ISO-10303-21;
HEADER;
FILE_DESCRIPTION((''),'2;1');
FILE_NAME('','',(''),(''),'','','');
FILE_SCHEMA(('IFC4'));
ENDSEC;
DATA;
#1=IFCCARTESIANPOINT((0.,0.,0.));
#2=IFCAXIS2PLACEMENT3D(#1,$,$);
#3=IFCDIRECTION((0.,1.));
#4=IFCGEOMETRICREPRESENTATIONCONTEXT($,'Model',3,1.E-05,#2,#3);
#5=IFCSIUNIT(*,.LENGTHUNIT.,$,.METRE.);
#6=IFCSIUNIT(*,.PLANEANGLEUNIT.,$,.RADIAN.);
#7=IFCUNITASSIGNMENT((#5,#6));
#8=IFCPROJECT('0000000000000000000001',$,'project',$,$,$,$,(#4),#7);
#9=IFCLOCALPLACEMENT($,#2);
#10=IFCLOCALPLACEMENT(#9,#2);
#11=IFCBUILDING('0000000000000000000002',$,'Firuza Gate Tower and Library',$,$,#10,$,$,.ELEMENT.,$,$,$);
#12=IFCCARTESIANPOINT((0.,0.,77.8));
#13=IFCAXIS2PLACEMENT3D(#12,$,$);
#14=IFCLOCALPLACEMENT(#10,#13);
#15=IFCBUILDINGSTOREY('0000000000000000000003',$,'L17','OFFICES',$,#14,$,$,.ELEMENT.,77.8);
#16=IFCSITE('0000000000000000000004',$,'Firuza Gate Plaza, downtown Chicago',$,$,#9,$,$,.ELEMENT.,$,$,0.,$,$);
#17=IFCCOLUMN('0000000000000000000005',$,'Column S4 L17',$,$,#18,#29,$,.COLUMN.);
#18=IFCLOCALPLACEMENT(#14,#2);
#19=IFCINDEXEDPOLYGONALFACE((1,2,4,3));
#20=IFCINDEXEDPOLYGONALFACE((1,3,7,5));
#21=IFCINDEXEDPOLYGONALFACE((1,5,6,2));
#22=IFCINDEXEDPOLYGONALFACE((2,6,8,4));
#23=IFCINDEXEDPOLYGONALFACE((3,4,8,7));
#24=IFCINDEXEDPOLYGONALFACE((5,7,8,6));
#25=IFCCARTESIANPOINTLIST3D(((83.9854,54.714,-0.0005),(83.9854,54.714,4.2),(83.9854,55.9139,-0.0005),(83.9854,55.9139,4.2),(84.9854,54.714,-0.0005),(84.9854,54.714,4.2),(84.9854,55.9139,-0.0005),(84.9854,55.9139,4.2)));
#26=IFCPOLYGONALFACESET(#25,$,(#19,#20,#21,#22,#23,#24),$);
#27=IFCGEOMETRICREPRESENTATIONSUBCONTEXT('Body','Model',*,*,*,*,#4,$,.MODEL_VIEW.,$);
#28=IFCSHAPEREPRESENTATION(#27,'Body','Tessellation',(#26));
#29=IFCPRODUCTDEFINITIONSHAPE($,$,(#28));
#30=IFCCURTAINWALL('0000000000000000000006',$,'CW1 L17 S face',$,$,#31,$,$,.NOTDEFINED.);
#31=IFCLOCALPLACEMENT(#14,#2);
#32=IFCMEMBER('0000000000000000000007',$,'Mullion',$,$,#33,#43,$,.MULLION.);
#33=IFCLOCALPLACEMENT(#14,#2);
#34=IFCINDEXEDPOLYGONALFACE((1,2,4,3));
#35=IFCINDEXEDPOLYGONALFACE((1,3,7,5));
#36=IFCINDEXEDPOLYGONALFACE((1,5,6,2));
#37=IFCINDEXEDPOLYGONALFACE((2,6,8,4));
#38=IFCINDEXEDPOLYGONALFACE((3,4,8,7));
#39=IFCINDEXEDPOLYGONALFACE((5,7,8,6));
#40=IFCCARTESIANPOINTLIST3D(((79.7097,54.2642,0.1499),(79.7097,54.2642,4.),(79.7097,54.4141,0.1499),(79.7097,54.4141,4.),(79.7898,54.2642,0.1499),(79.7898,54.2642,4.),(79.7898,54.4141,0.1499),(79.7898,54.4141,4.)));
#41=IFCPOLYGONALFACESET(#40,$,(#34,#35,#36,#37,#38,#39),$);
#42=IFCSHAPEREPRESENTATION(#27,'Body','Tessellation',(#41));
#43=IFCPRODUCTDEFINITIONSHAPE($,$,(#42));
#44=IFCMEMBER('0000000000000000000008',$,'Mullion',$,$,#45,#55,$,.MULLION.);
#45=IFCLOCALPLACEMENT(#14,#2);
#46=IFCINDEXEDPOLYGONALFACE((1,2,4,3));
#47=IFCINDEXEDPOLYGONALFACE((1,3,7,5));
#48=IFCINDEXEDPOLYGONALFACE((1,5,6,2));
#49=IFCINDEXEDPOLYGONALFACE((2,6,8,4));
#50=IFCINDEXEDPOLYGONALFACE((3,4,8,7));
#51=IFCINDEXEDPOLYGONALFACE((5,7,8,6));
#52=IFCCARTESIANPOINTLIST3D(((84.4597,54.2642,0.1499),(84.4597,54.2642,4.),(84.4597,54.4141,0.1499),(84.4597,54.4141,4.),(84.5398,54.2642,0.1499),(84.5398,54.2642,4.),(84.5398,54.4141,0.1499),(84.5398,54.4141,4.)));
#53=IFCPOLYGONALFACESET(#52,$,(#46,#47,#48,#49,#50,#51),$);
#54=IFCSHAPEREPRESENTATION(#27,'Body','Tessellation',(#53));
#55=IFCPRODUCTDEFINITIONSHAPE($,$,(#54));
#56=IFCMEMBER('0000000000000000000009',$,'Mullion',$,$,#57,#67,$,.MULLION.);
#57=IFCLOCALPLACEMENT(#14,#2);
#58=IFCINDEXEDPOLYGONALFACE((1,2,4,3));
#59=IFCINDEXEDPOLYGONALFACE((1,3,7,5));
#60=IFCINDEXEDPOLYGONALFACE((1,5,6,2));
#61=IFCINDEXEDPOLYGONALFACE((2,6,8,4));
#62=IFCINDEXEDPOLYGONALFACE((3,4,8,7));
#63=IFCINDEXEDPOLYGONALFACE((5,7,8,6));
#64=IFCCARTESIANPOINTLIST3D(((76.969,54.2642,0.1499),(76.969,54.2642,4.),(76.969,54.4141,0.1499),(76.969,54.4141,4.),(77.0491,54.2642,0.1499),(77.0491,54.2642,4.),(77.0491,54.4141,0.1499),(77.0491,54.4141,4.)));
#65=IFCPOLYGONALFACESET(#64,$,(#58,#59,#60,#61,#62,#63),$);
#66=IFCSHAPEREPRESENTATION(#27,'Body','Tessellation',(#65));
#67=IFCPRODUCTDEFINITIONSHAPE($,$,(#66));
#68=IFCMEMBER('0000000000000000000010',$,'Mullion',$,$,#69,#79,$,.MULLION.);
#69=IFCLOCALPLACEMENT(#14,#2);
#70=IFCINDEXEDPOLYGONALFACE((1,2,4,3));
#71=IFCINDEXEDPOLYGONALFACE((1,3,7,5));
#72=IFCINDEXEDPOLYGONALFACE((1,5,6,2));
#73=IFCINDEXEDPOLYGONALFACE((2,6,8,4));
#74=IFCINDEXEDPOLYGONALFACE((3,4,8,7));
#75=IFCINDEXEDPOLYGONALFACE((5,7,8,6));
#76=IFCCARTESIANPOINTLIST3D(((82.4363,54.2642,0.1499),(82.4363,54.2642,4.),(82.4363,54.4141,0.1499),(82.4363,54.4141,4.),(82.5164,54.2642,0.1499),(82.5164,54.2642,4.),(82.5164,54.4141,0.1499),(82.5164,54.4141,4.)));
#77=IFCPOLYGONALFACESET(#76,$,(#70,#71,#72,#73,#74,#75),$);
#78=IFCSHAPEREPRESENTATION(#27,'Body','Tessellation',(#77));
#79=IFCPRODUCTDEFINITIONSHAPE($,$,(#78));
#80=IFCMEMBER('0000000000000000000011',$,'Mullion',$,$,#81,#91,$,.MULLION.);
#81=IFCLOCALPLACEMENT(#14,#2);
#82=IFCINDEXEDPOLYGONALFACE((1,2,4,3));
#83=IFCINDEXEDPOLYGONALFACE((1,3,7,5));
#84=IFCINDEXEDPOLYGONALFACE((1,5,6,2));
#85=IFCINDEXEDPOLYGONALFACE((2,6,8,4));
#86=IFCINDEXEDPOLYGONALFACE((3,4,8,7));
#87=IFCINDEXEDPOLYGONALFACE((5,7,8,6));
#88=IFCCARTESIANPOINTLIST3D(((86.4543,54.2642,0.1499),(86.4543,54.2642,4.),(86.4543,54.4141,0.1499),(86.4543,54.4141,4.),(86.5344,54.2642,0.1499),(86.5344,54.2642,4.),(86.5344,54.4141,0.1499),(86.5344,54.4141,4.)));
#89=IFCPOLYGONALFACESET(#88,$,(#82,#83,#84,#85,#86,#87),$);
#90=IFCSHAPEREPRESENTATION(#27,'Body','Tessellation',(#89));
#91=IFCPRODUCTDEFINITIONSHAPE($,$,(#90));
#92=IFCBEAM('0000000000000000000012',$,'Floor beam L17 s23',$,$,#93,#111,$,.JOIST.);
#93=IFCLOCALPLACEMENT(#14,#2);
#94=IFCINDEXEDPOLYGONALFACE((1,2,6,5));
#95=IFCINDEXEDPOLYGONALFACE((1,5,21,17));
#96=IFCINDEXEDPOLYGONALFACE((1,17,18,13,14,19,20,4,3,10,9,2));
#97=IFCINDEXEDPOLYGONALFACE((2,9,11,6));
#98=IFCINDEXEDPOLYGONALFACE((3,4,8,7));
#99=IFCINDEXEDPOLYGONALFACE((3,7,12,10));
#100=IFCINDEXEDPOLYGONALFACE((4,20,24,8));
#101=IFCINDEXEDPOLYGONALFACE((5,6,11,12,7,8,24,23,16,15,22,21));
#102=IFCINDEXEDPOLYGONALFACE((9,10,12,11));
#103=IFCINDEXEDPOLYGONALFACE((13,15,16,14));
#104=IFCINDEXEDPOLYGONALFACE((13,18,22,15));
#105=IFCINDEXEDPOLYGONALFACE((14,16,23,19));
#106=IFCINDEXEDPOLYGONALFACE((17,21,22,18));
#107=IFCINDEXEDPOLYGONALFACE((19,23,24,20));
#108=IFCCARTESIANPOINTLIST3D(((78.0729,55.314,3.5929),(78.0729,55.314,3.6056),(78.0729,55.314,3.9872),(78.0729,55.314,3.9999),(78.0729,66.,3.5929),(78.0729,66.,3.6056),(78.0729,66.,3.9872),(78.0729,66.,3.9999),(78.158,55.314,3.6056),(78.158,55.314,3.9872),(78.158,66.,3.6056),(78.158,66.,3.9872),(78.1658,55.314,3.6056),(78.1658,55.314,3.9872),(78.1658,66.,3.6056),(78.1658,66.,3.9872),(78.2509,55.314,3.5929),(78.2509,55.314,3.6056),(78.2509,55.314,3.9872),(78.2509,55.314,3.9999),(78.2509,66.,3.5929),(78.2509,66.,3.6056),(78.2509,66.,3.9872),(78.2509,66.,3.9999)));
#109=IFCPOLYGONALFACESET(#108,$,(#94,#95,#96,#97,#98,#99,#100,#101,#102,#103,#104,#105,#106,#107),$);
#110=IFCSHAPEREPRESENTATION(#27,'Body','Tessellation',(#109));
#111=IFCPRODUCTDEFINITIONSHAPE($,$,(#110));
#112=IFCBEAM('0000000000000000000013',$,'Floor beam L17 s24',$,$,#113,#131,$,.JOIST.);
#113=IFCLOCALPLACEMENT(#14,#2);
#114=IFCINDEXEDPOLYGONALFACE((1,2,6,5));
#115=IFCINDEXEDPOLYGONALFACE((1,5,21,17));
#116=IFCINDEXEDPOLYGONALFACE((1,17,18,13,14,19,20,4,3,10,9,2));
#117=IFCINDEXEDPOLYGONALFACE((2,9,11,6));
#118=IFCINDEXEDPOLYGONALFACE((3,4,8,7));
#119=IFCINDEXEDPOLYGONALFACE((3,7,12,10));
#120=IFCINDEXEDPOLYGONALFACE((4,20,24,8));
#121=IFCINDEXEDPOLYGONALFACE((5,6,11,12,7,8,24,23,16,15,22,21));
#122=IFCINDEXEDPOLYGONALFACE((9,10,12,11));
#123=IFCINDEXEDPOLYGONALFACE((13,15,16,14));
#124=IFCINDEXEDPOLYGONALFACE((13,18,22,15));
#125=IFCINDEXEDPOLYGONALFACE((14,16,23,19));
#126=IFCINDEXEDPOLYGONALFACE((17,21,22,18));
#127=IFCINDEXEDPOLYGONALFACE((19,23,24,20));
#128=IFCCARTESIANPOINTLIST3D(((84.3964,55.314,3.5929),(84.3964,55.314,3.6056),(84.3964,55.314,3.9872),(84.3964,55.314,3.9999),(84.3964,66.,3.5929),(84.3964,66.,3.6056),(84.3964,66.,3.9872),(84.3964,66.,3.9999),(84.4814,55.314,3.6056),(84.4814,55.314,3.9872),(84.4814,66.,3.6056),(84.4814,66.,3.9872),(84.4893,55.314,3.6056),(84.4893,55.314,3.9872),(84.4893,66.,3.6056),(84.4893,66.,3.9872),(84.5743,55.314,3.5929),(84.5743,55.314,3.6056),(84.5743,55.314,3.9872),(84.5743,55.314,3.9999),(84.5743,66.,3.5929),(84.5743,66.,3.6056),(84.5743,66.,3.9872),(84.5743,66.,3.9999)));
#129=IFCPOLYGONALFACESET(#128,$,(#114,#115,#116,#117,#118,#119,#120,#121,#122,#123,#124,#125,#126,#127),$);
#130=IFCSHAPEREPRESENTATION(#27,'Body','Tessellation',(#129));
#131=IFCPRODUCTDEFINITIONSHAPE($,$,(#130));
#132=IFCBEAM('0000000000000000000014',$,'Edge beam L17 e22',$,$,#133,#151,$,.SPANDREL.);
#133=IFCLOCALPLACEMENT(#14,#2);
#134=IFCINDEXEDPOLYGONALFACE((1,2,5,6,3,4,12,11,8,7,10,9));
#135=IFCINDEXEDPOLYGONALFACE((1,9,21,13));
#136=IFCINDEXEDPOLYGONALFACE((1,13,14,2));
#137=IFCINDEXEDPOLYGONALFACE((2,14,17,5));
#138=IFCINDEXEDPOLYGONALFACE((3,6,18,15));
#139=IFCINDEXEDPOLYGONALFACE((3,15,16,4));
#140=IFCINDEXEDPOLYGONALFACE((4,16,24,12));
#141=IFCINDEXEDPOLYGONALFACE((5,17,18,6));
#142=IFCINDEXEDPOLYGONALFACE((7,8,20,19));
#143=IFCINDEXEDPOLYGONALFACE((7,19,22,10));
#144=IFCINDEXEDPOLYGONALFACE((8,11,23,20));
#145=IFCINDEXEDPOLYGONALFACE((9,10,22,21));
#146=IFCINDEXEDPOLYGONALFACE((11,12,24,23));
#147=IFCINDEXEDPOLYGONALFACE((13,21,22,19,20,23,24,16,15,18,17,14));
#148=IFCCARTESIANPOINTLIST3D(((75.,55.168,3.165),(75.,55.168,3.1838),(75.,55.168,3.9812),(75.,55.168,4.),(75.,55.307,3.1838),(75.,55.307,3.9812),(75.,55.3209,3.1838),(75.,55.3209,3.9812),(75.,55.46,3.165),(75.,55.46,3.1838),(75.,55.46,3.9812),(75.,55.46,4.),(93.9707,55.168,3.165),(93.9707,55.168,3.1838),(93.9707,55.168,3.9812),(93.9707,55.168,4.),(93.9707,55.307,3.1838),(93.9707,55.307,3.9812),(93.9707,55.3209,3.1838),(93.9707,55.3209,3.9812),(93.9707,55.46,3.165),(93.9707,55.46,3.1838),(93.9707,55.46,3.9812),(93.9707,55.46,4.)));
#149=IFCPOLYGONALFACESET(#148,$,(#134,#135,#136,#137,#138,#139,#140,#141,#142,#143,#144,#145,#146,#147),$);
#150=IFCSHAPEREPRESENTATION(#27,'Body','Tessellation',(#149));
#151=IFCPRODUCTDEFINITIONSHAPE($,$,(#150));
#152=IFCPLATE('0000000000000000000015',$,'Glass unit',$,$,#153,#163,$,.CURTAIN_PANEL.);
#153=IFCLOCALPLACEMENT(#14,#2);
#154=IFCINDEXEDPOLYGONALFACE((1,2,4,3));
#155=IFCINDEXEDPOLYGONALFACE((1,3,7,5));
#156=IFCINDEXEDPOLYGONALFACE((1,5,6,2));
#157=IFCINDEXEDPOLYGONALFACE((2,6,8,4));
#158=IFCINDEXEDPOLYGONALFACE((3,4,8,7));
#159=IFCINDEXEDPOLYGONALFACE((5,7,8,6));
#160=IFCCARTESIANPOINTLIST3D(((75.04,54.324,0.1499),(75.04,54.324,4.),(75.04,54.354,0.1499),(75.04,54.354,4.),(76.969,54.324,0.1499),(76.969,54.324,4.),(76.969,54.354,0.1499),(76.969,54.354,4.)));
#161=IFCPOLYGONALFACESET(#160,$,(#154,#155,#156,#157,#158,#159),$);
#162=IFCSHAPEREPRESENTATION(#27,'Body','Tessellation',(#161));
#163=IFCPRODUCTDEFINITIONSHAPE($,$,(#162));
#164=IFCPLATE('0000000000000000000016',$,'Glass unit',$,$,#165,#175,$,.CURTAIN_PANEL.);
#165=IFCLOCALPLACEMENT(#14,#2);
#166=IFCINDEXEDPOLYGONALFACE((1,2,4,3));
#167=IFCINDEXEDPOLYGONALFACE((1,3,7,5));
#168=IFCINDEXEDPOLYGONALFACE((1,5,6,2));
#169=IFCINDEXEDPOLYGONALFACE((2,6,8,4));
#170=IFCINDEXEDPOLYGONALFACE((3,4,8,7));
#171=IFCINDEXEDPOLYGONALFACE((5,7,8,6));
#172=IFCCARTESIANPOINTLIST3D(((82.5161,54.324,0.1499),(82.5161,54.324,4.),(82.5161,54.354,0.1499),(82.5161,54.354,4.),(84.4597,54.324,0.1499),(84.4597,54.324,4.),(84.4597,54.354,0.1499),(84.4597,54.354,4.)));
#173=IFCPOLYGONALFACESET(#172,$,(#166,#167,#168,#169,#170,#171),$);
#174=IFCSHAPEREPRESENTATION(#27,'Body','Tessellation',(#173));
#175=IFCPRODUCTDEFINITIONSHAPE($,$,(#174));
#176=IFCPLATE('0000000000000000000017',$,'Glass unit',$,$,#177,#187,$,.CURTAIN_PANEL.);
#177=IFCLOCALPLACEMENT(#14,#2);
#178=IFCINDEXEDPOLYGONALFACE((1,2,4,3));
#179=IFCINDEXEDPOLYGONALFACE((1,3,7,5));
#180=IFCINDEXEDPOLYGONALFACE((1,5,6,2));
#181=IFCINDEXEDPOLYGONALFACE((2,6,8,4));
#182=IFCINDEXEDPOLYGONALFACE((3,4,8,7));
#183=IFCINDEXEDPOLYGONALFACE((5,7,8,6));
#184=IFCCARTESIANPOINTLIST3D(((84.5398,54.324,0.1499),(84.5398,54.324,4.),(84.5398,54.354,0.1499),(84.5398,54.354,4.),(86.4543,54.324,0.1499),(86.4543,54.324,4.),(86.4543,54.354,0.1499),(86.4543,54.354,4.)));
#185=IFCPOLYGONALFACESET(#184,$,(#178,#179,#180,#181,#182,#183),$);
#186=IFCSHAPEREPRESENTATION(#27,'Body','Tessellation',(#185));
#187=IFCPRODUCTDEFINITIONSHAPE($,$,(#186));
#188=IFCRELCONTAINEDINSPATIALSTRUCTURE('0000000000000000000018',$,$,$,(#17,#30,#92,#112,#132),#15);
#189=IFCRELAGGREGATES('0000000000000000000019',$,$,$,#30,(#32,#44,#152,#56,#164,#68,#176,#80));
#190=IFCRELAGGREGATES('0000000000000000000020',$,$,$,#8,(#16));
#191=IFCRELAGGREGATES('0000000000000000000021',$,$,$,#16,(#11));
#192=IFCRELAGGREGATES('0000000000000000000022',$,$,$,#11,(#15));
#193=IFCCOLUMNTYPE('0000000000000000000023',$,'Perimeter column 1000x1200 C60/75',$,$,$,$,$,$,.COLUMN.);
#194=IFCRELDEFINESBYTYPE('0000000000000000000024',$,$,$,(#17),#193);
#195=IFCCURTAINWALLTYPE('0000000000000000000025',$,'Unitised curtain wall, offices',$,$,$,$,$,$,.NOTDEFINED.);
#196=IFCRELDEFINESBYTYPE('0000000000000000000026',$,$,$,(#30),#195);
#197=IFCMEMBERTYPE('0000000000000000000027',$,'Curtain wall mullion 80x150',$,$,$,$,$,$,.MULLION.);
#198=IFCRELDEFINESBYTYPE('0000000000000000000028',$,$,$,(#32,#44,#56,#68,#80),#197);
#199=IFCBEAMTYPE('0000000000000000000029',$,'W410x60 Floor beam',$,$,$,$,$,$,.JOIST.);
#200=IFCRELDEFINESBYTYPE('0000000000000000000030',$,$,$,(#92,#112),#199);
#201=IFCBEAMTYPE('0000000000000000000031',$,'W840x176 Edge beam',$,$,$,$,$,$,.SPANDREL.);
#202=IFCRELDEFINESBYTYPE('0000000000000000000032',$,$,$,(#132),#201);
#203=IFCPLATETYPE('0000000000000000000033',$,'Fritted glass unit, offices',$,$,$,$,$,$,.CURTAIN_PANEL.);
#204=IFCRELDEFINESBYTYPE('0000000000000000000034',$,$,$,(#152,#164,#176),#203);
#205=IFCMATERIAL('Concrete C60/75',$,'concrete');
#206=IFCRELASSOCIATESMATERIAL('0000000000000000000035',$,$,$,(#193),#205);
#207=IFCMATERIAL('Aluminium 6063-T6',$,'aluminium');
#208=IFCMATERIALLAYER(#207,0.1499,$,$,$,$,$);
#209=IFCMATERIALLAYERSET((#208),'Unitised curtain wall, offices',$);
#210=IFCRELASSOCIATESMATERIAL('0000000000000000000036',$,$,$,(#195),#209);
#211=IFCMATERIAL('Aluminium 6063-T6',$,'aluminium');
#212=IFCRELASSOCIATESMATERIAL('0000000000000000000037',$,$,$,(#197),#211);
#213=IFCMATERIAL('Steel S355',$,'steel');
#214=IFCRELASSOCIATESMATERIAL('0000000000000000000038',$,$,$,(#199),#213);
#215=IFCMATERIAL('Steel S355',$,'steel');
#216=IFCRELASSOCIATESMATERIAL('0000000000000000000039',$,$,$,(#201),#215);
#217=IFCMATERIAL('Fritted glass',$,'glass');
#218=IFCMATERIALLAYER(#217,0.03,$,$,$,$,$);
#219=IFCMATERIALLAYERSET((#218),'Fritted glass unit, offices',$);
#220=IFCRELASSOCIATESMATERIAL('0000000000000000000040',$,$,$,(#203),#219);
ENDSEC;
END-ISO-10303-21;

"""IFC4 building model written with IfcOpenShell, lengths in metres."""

from ifc_helpers import new_model, si_unit, direction, frame, origin, origin_2d, place, context, subcontext, project, spatial, polyline, rectangle, i_section, outline, extrude, material, layer, layer_set, material_profile, profile_set, type_object, element, aggregate, save


model = new_model("IFC4")

# Units and contexts
model_context = context("Model", 3, precision=1e-05, world=origin(), true_north=direction((0.0, 1.0)))
body_context = subcontext(model_context, "Body", "Model", "MODEL_VIEW")
ifc_project = project(units=[si_unit("LENGTHUNIT", "METRE"), si_unit("PLANEANGLEUNIT", "RADIAN")], contexts=[model_context])

# Site, building, storey
site_placement = place(None, origin())
site = spatial("IfcSite", under=ifc_project, at=site_placement, Name="Firuza Gate Plaza, downtown Chicago", CompositionType="ELEMENT", RefElevation=0.0)
building_placement = place(site_placement, origin())
building = spatial("IfcBuilding", under=site, at=building_placement, Name="Firuza Gate Tower and Library", CompositionType="ELEMENT")
storey_placement = place(building_placement, frame((0.0, 0.0, 77.8)))
storey = spatial("IfcBuildingStorey", under=building, at=storey_placement, Name="L17", Description="OFFICES", CompositionType="ELEMENT", Elevation=77.8)

# Column
ifc_material_1 = material(Name="Concrete C60/75", Category="concrete")
ifc_material_profile_1 = material_profile(ifc_material_1, rectangle(XDim=1.0, YDim=1.2, at=origin_2d()))
ifc_profile_set_1 = profile_set([ifc_material_profile_1], Name="Concrete C60/75")
column_type = type_object("IfcColumnType", Name="Perimeter column 1000x1200 C60/75", PredefinedType="COLUMN", material=ifc_profile_set_1)
column_placement = place(storey_placement, frame((84.4854, 55.314, -0.0005), z_axis=(0.0, 0.0, 1.0), x_axis=(1.0, 0.0, 0.0)))
element("IfcColumn", 1, at=column_placement, inside=storey, type_object=column_type, Name="Column S4 L17", PredefinedType="COLUMN", context=body_context, shape_type="SweptSolid", body=[
    extrude(rectangle(XDim=1.0, YDim=1.2, at=origin_2d()), origin(), (0.0, 0.0, 1.0), 4.2004),
])

# Curtain wall, members
ifc_material_2 = material(Name="Aluminium 6063-T6", Category="aluminium")
ifc_layer_1 = layer(ifc_material_2, 0.1499)
ifc_layer_set_1 = layer_set([ifc_layer_1], Name="Unitised curtain wall, offices")
curtain_wall_type = type_object("IfcCurtainWallType", Name="Unitised curtain wall, offices", PredefinedType="NOTDEFINED", material=ifc_layer_set_1)
curtain_wall_placement = place(storey_placement, origin())
curtain_wall = element("IfcCurtainWall", 2, at=curtain_wall_placement, inside=storey, type_object=curtain_wall_type, Name="CW1 L17 S face", PredefinedType="NOTDEFINED")
ifc_material_3 = material(Name="Aluminium 6063-T6", Category="aluminium")
ifc_material_profile_2 = material_profile(ifc_material_3, rectangle(XDim=0.1499, YDim=0.0801, at=origin_2d()))
ifc_profile_set_2 = profile_set([ifc_material_profile_2], Name="Aluminium 6063-T6")
member_type = type_object("IfcMemberType", Name="Curtain wall mullion 80x150", PredefinedType="MULLION", material=ifc_profile_set_2)
member_1_placement = place(storey_placement, frame((79.7498, 54.3391, 0.1499), z_axis=(0.0, 0.0, 1.0), x_axis=(0.0, 1.0, 0.0)))
member_1 = element("IfcMember", 3, at=member_1_placement, type_object=member_type, Name="Mullion", PredefinedType="MULLION", context=body_context, shape_type="SweptSolid", body=[
    extrude(rectangle(XDim=0.1499, YDim=0.0801, at=origin_2d()), origin(), (0.0, 0.0, 1.0), 3.8501),
])
member_2_placement = place(storey_placement, frame((84.4998, 54.3391, 0.1499), z_axis=(0.0, 0.0, 1.0), x_axis=(0.0, 1.0, 0.0)))
member_2 = element("IfcMember", 4, at=member_2_placement, type_object=member_type, Name="Mullion", PredefinedType="MULLION", context=body_context, shape_type="SweptSolid", body=[
    extrude(rectangle(XDim=0.1499, YDim=0.0801, at=origin_2d()), origin(), (0.0, 0.0, 1.0), 3.8501),
])
member_3_placement = place(storey_placement, frame((77.009, 54.3391, 0.1499), z_axis=(0.0, 0.0, 1.0), x_axis=(0.0, 1.0, 0.0)))
member_3 = element("IfcMember", 5, at=member_3_placement, type_object=member_type, Name="Mullion", PredefinedType="MULLION", context=body_context, shape_type="SweptSolid", body=[
    extrude(rectangle(XDim=0.1499, YDim=0.0801, at=origin_2d()), origin(), (0.0, 0.0, 1.0), 3.8501),
])
member_4_placement = place(storey_placement, frame((82.4763, 54.3391, 0.1499), z_axis=(0.0, 0.0, 1.0), x_axis=(0.0, 1.0, 0.0)))
member_4 = element("IfcMember", 6, at=member_4_placement, type_object=member_type, Name="Mullion", PredefinedType="MULLION", context=body_context, shape_type="SweptSolid", body=[
    extrude(rectangle(XDim=0.1499, YDim=0.0801, at=origin_2d()), origin(), (0.0, 0.0, 1.0), 3.8501),
])
member_5_placement = place(storey_placement, frame((86.4944, 54.3391, 0.1499), z_axis=(0.0, 0.0, 1.0), x_axis=(0.0, 1.0, 0.0)))
member_5 = element("IfcMember", 7, at=member_5_placement, type_object=member_type, Name="Mullion", PredefinedType="MULLION", context=body_context, shape_type="SweptSolid", body=[
    extrude(rectangle(XDim=0.1499, YDim=0.0801, at=origin_2d()), origin(), (0.0, 0.0, 1.0), 3.8501),
])

# Beams
ifc_material_4 = material(Name="Steel S355", Category="steel")
ifc_material_profile_3 = material_profile(ifc_material_4, i_section(OverallWidth=0.178, OverallDepth=0.407, WebThickness=0.0078, FlangeThickness=0.0127, at=origin_2d()))
ifc_profile_set_3 = profile_set([ifc_material_profile_3], Name="Steel S355")
beam_type_1 = type_object("IfcBeamType", Name="W410x60 Floor beam", PredefinedType="JOIST", material=ifc_profile_set_3)
for number, where, z_axis, x_axis, name in (
    (8, (78.1619, 55.314, 3.7964), (0.0, 1.0, 0.0), (-1.0, 0.0, 0.0), "Floor beam L17 s23"),
    (9, (84.4854, 55.314, 3.7964), (0.0, 1.0, 0.0), (-1.0, 0.0, 0.0), "Floor beam L17 s24"),
):
    element("IfcBeam", number, at=place(storey_placement, frame(where, z_axis=z_axis, x_axis=x_axis)), inside=storey, type_object=beam_type_1, Name=name, PredefinedType="JOIST", context=body_context, shape_type="SweptSolid", body=[
        extrude(i_section(OverallWidth=0.178, OverallDepth=0.407, WebThickness=0.0078, FlangeThickness=0.0127, at=origin_2d()), origin(), (0.0, 0.0, 1.0), 10.686),
    ])
ifc_material_5 = material(Name="Steel S355", Category="steel")
ifc_material_profile_4 = material_profile(ifc_material_5, i_section(OverallWidth=0.292, OverallDepth=0.835, WebThickness=0.0139, FlangeThickness=0.0188, at=origin_2d()))
ifc_profile_set_4 = profile_set([ifc_material_profile_4], Name="Steel S355")
beam_type_2 = type_object("IfcBeamType", Name="W840x176 Edge beam", PredefinedType="SPANDREL", material=ifc_profile_set_4)
beam_placement = place(storey_placement, frame((75.0, 55.314, 3.5825), z_axis=(1.0, 0.0, 0.0), x_axis=(0.0, 1.0, 0.0)))
element("IfcBeam", 10, at=beam_placement, inside=storey, type_object=beam_type_2, Name="Edge beam L17 e22", PredefinedType="SPANDREL", context=body_context, shape_type="SweptSolid", body=[
    extrude(i_section(OverallWidth=0.292, OverallDepth=0.835, WebThickness=0.0139, FlangeThickness=0.0188, at=origin_2d()), origin(), (0.0, 0.0, 1.0), 18.9707),
])

# Plates
ifc_material_6 = material(Name="Fritted glass", Category="glass")
ifc_layer_2 = layer(ifc_material_6, 0.03)
ifc_layer_set_2 = layer_set([ifc_layer_2], Name="Fritted glass unit, offices")
plate_type_1 = type_object("IfcPlateType", Name="Fritted glass unit, offices", PredefinedType="CURTAIN_PANEL", material=ifc_layer_set_2)
plate_1_placement = place(storey_placement, frame((75.04, 54.324, 0.1499), z_axis=(0.0, -1.0, 0.0), x_axis=(1.0, 0.0, 0.0)))
plate_1 = element("IfcPlate", 11, at=plate_1_placement, type_object=plate_type_1, Name="Glass unit", PredefinedType="CURTAIN_PANEL", context=body_context, shape_type="SweptSolid", body=[
    extrude(outline(polyline([(0.0, 0.0), (1.929, 0.0), (1.929, 3.8501), (0.0, 3.8501), (0.0, 0.0)])), origin(), (0.0, 0.0, -1.0), 0.03),
])
plate_2_placement = place(storey_placement, frame((82.5161, 54.324, 0.1499), z_axis=(0.0, -1.0, 0.0), x_axis=(1.0, 0.0, 0.0)))
plate_2 = element("IfcPlate", 12, at=plate_2_placement, type_object=plate_type_1, Name="Glass unit", PredefinedType="CURTAIN_PANEL", context=body_context, shape_type="SweptSolid", body=[
    extrude(outline(polyline([(0.0, 0.0), (1.9436, 0.0), (1.9436, 3.8501), (0.0, 3.8501), (0.0, 0.0)])), origin(), (0.0, 0.0, -1.0), 0.03),
])
plate_3_placement = place(storey_placement, frame((84.5398, 54.324, 0.1499), z_axis=(0.0, -1.0, 0.0), x_axis=(1.0, 0.0, 0.0)))
plate_3 = element("IfcPlate", 13, at=plate_3_placement, type_object=plate_type_1, Name="Glass unit", PredefinedType="CURTAIN_PANEL", context=body_context, shape_type="SweptSolid", body=[
    extrude(outline(polyline([(0.0, 0.0), (1.9146, 0.0), (1.9146, 3.8501), (0.0, 3.8501), (0.0, 0.0)])), origin(), (0.0, 0.0, -1.0), 0.03),
])
aggregate(curtain_wall, [member_1, member_2, plate_1, member_3, plate_2, member_4, plate_3, member_5])

save(model, "model.ifc")
